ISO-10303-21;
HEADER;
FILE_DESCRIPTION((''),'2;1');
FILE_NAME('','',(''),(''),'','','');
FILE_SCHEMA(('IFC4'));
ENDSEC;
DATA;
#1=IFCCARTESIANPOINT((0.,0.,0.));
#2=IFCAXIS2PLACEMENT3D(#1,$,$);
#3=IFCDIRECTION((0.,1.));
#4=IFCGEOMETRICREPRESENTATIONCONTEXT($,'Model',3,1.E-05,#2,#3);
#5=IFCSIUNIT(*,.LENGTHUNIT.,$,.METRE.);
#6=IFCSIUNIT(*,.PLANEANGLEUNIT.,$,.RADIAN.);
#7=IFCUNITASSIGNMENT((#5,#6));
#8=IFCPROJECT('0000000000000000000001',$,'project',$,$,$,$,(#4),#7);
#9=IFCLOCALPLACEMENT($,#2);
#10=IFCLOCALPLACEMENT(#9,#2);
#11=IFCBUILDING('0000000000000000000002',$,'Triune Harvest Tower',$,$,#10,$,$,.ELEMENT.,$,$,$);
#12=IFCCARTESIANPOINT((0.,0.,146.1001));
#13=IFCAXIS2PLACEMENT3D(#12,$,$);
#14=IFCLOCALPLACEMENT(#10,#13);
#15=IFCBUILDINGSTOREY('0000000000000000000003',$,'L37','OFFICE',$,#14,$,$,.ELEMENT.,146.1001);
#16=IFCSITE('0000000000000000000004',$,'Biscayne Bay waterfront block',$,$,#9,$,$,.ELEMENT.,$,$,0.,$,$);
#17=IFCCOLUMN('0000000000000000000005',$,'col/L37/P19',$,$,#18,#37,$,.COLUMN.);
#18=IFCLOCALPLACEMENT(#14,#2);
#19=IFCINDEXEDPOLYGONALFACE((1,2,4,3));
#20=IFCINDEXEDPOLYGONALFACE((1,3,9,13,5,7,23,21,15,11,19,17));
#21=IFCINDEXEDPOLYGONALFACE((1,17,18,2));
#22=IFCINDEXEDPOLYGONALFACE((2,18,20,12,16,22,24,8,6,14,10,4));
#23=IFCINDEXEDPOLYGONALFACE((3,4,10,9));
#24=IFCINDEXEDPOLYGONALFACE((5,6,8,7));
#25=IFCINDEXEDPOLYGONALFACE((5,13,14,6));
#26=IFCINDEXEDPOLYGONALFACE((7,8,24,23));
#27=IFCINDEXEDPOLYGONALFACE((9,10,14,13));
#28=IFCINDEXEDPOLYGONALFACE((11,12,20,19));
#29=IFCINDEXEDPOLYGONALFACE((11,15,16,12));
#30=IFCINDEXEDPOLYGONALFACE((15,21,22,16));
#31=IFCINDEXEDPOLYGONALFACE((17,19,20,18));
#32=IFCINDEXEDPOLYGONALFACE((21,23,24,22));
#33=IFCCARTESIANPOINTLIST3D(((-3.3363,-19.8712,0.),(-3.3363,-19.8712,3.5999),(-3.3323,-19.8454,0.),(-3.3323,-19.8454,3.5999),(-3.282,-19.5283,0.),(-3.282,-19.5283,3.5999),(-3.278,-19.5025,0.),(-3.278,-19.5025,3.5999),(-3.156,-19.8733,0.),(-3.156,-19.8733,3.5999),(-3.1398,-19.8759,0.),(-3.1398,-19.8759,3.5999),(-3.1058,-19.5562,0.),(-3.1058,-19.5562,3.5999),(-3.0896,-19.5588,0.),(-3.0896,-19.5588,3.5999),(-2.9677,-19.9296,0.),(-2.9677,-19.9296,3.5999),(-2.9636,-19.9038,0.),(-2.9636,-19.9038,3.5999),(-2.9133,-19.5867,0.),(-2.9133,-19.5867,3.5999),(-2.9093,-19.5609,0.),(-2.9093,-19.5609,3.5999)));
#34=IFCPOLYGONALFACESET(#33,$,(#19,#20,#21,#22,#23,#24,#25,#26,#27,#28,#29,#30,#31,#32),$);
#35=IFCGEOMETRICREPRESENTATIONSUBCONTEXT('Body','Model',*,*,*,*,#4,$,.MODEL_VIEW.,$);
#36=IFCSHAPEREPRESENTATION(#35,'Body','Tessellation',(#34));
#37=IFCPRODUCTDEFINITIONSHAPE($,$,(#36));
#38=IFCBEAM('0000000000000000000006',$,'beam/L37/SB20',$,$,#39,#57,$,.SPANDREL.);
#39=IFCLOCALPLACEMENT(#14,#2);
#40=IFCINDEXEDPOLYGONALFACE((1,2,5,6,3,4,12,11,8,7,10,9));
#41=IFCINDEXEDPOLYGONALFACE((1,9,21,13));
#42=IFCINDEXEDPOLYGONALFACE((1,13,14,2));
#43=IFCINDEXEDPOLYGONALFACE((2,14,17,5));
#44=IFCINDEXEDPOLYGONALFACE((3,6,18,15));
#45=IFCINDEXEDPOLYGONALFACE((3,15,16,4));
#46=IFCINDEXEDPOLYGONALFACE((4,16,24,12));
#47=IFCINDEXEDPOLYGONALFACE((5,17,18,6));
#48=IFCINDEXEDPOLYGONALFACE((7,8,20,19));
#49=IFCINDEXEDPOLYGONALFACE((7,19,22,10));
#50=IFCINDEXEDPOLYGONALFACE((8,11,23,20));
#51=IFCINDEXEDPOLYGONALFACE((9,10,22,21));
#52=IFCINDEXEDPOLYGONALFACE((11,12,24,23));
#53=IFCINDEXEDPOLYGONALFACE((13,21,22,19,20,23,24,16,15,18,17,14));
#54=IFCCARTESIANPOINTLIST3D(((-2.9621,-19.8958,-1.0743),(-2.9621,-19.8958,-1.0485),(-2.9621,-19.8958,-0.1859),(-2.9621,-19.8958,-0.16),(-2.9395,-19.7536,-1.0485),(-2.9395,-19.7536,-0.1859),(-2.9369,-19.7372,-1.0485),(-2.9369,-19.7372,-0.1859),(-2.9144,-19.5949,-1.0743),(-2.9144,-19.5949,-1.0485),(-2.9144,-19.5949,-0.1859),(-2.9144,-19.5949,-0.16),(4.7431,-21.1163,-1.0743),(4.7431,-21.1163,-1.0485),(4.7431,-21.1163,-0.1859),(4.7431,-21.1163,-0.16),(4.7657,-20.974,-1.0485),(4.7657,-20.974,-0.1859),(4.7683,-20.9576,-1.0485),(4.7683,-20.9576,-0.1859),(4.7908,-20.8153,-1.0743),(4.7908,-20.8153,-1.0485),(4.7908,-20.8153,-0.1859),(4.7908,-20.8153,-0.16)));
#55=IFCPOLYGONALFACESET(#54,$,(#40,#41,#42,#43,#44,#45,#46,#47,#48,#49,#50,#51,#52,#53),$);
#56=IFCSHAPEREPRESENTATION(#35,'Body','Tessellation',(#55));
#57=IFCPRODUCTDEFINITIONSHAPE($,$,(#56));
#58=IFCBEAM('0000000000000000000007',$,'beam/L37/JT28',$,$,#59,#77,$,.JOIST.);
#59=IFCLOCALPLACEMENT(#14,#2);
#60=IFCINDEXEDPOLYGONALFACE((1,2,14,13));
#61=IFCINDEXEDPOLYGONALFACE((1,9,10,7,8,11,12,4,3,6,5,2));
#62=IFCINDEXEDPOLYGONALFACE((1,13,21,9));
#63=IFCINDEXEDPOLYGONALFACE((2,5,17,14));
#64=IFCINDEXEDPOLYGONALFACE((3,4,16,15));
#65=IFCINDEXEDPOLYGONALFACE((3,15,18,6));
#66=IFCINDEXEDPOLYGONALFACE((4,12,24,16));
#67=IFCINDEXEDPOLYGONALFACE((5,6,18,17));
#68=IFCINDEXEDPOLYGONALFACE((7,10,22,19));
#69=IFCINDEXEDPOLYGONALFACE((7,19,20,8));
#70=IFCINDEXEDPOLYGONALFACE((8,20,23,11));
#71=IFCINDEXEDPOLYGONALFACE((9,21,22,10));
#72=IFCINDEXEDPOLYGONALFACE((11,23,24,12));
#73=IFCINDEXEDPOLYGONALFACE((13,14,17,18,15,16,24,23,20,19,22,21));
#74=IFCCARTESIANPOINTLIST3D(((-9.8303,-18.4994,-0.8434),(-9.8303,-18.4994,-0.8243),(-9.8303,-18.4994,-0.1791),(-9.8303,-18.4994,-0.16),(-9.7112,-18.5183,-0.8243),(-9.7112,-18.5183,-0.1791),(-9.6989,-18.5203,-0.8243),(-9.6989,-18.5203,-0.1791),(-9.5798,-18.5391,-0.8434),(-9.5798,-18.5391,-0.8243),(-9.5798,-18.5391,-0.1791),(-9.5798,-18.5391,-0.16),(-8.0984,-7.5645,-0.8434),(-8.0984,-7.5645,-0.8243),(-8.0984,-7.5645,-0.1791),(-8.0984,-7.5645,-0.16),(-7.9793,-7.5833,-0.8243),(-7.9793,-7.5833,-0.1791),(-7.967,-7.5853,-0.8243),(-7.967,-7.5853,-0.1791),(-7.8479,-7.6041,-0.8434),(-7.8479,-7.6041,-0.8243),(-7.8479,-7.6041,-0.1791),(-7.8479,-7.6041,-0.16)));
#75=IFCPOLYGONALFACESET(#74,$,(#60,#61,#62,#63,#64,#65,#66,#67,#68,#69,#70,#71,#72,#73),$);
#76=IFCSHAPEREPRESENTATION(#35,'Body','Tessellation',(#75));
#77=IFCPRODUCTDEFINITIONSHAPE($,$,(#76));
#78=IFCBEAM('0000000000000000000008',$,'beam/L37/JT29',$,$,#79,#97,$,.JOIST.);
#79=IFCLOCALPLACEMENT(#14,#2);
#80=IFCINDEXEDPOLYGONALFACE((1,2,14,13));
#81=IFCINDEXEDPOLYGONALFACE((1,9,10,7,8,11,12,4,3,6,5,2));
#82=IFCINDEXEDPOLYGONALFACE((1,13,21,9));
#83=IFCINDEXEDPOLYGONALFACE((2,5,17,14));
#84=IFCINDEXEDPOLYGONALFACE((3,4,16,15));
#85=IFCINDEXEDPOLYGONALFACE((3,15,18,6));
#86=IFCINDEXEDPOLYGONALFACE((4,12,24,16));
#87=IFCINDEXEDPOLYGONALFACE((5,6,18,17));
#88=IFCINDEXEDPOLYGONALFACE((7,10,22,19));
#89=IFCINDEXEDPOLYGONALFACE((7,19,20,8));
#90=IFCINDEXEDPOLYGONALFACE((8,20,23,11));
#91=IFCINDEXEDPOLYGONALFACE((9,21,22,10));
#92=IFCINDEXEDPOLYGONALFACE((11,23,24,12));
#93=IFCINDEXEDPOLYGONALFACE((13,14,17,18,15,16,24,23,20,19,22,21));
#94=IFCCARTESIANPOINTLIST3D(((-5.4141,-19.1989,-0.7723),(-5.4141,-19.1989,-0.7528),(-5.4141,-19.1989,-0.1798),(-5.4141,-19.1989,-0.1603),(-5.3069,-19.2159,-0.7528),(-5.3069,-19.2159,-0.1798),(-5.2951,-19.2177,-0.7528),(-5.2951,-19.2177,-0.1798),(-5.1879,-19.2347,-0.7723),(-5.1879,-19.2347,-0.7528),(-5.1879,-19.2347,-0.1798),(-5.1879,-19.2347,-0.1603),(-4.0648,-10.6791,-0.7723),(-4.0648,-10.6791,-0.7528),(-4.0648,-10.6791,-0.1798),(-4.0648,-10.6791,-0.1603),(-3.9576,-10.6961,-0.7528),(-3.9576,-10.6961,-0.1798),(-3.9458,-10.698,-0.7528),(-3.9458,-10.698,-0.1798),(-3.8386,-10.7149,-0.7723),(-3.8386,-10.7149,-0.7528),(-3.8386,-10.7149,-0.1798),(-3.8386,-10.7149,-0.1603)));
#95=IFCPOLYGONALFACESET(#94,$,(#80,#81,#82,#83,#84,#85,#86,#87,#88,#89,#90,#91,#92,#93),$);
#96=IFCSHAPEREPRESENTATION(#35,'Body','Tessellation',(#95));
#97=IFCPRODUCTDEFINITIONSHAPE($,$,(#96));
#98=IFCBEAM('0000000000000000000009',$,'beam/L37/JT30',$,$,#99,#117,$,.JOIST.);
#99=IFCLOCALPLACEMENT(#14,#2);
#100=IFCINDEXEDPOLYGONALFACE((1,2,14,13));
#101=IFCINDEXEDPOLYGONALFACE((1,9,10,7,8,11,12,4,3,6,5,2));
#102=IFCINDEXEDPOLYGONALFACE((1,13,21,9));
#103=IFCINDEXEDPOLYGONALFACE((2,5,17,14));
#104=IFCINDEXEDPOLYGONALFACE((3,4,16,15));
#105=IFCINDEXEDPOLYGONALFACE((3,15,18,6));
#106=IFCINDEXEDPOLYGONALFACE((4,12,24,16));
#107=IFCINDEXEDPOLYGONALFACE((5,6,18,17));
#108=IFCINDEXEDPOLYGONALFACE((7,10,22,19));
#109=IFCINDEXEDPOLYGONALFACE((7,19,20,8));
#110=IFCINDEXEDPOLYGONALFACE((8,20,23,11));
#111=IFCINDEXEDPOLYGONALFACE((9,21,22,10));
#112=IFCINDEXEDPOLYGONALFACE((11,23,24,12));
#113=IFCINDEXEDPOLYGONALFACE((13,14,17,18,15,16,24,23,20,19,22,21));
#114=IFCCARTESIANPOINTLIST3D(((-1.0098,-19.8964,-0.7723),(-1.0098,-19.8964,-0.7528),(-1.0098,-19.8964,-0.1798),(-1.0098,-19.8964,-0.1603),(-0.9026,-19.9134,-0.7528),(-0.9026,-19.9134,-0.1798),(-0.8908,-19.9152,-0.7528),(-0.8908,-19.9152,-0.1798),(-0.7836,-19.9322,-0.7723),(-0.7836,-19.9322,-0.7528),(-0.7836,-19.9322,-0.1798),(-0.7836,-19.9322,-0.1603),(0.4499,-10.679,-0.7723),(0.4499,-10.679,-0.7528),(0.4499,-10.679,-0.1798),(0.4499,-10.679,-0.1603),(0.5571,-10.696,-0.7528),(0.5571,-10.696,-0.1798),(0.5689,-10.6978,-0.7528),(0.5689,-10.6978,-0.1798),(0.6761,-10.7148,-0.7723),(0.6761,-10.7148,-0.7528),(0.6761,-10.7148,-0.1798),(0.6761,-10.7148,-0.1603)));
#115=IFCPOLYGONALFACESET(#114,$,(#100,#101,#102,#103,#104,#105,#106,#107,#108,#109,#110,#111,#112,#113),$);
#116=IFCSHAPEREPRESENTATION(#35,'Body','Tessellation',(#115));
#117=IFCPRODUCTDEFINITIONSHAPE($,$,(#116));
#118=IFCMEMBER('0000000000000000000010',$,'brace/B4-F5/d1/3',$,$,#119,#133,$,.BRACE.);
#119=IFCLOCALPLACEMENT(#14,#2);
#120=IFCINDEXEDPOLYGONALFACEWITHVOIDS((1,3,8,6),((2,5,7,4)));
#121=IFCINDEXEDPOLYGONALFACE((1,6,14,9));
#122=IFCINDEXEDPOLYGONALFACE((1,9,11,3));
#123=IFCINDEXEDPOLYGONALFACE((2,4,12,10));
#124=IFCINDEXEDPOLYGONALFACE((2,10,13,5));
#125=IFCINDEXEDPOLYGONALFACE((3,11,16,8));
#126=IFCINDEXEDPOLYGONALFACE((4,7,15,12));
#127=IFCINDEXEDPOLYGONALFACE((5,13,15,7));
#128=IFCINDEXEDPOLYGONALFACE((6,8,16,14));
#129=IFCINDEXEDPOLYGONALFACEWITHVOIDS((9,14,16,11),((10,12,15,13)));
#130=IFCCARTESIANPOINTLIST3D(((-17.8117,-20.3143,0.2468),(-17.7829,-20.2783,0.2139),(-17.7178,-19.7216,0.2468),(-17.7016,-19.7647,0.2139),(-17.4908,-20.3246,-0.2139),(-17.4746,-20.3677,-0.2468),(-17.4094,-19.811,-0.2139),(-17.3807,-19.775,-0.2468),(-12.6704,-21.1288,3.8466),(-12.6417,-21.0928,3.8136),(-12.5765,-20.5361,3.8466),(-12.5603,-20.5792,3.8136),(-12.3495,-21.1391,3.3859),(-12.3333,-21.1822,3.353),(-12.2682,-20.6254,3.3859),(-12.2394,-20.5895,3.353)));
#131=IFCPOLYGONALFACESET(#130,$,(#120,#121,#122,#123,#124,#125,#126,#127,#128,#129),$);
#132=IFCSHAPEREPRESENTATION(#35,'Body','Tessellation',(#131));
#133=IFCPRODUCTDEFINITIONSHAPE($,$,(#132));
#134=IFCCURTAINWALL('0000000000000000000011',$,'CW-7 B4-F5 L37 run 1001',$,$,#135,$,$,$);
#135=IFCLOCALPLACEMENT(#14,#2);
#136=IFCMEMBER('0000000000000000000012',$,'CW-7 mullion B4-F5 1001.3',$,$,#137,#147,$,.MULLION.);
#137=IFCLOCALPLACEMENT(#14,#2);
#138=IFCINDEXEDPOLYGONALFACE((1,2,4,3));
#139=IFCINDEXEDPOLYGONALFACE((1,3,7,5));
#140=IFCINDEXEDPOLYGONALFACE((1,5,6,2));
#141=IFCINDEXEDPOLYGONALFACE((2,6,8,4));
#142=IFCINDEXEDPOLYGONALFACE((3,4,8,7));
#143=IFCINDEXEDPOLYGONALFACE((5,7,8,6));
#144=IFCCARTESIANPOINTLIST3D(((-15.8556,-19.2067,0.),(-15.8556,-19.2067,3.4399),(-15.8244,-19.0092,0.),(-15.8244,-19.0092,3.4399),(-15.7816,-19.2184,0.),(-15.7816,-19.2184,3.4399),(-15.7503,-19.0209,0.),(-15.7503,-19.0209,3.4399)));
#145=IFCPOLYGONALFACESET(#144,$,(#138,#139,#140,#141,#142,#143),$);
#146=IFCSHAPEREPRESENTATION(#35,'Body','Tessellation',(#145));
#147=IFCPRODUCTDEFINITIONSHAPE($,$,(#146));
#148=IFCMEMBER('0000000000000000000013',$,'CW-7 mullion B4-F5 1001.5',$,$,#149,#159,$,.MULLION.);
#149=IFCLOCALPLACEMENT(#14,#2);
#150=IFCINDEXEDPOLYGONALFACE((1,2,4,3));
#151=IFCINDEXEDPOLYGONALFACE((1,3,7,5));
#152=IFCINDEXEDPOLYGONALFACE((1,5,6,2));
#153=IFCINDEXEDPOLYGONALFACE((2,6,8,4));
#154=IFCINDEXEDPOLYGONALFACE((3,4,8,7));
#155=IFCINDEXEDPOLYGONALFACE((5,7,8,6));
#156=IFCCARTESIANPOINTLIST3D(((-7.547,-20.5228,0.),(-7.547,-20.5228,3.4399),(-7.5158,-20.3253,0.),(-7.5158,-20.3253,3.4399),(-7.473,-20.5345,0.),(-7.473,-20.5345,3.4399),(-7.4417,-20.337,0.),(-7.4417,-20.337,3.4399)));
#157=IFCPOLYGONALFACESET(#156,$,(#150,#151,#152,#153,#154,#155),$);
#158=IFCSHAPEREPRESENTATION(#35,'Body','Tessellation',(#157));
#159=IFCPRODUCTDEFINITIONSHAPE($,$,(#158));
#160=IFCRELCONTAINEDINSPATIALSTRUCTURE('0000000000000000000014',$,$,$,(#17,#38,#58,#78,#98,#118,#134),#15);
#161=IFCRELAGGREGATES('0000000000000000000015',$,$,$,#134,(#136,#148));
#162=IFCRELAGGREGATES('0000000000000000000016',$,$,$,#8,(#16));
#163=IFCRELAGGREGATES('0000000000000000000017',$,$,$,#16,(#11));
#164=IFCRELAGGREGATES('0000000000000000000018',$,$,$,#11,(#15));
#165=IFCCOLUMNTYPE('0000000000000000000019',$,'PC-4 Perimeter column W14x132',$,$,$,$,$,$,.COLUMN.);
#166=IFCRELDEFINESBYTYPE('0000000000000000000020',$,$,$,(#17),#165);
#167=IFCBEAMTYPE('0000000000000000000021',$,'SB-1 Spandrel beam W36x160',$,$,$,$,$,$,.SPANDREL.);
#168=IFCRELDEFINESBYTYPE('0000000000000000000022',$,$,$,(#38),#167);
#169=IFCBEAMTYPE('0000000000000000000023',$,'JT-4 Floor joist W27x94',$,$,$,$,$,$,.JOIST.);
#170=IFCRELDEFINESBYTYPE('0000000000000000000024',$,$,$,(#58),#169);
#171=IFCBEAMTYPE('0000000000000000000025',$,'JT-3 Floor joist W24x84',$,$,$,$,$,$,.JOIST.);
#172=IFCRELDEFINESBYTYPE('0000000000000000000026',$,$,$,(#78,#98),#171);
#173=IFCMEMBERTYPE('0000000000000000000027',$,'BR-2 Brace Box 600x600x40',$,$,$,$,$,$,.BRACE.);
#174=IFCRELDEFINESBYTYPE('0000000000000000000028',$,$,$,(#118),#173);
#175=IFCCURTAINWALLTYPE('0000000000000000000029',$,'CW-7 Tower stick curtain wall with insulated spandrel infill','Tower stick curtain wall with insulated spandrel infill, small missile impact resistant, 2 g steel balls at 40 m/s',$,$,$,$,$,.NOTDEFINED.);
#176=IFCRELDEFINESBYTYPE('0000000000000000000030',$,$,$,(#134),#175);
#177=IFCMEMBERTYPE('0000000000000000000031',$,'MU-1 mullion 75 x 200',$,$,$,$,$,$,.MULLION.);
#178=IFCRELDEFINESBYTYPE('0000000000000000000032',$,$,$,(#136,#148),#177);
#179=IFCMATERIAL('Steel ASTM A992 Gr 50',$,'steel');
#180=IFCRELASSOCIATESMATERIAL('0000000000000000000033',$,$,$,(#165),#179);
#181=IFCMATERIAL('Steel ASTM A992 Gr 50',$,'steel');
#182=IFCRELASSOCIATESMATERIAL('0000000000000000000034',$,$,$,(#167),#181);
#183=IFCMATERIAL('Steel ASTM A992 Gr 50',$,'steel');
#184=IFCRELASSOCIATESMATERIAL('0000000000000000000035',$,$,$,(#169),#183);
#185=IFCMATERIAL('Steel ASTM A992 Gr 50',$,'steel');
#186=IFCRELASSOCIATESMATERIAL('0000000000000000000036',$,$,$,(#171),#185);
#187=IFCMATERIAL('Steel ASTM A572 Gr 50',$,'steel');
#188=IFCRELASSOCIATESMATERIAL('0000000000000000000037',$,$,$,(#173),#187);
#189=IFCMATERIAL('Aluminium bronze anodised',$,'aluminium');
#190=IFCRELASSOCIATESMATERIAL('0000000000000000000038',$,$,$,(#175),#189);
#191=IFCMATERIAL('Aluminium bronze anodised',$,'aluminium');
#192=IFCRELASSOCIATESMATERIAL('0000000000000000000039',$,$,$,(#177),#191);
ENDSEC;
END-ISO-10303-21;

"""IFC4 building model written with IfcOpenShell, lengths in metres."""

from ifc_helpers import new_model, si_unit, direction, frame, origin, origin_2d, place, context, subcontext, project, spatial, rectangle, hollow_rectangle, i_section, extrude, source, transform, mapped, material, material_profile, profile_set, type_object, element, aggregate, save


model = new_model("IFC4")

# Units and contexts
model_context = context("Model", 3, precision=1e-05, world=origin(), true_north=direction((0.0, 1.0)))
body_context = subcontext(model_context, "Body", "Model", "MODEL_VIEW")
ifc_project = project(units=[si_unit("LENGTHUNIT", "METRE"), si_unit("PLANEANGLEUNIT", "RADIAN")], contexts=[model_context])

# Site, building, storey
site_placement = place(None, origin())
site = spatial("IfcSite", under=ifc_project, at=site_placement, Name="Biscayne Bay waterfront block", CompositionType="ELEMENT", RefElevation=0.0)
building_placement = place(site_placement, origin())
building = spatial("IfcBuilding", under=site, at=building_placement, Name="Triune Harvest Tower", CompositionType="ELEMENT")
storey_placement = place(building_placement, frame((0.0, 0.0, 146.1001)))
storey = spatial("IfcBuildingStorey", under=building, at=storey_placement, Name="L37", Description="OFFICE", CompositionType="ELEMENT", Elevation=146.1001)

# Column
ifc_material_1 = material(Name="Steel ASTM A992 Gr 50", Category="steel")
ifc_material_profile_1 = material_profile(ifc_material_1, i_section(OverallWidth=0.3733, OverallDepth=0.3733, WebThickness=0.0164, FlangeThickness=0.0261, at=origin_2d()), Name="W14x132")
ifc_profile_set_1 = profile_set([ifc_material_profile_1], Name="Steel ASTM A992 Gr 50")
column_type = type_object("IfcColumnType", Name="PC-4 Perimeter column W14x132", PredefinedType="COLUMN", material=ifc_profile_set_1)
shared_shape_1 = source(origin(), body_context, "Body", "SweptSolid", [
    extrude(i_section(OverallWidth=0.3733, OverallDepth=0.3733, WebThickness=0.0164, FlangeThickness=0.0261, at=origin_2d()), origin(), (0.0, 0.0, 1.0), 3.5999),
])
column_placement = place(storey_placement, frame((-3.1228, -19.7161, 0.0), z_axis=(0.0, 0.0, 1.0), x_axis=(0.987688, -0.156434, 0.0)))
element("IfcColumn", 1, at=column_placement, inside=storey, type_object=column_type, Name="col/L37/P19", PredefinedType="COLUMN", context=body_context, shape_type="MappedRepresentation", body=[
    mapped(shared_shape_1, transform((0.0, 0.0, 0.0), scale=1.0)),
])

# Beams
ifc_material_2 = material(Name="Steel ASTM A992 Gr 50", Category="steel")
ifc_material_profile_2 = material_profile(ifc_material_2, i_section(OverallWidth=0.3047, OverallDepth=0.9143, WebThickness=0.0166, FlangeThickness=0.0259, at=origin_2d()), Name="W36x160")
ifc_profile_set_2 = profile_set([ifc_material_profile_2], Name="Steel ASTM A992 Gr 50")
beam_type_1 = type_object("IfcBeamType", Name="SB-1 Spandrel beam W36x160", PredefinedType="SPANDREL", material=ifc_profile_set_2)
shared_shape_2 = source(origin(), body_context, "Body", "SweptSolid", [
    extrude(i_section(OverallWidth=0.3047, OverallDepth=0.9143, WebThickness=0.0166, FlangeThickness=0.0259, at=origin_2d()), origin(), (0.0, 0.0, 1.0), 7.8013),
])
beam_1_placement = place(storey_placement, frame((-2.9382, -19.7454, -0.6172), z_axis=(0.987687, -0.156441, 0.0), x_axis=(0.156441, 0.987687, 0.0)))
element("IfcBeam", 2, at=beam_1_placement, inside=storey, type_object=beam_type_1, Name="beam/L37/SB20", PredefinedType="SPANDREL", context=body_context, shape_type="MappedRepresentation", body=[
    mapped(shared_shape_2, transform((0.0, 0.0, 0.0), scale=1.0)),
])
ifc_material_3 = material(Name="Steel ASTM A992 Gr 50", Category="steel")
ifc_material_profile_3 = material_profile(ifc_material_3, i_section(OverallWidth=0.2537, OverallDepth=0.6833, WebThickness=0.0125, FlangeThickness=0.019, at=origin_2d()), Name="W27x94")
ifc_profile_set_3 = profile_set([ifc_material_profile_3], Name="Steel ASTM A992 Gr 50")
beam_type_2 = type_object("IfcBeamType", Name="JT-4 Floor joist W27x94", PredefinedType="JOIST", material=ifc_profile_set_3)
shared_shape_3 = source(origin(), body_context, "Body", "SweptSolid", [
    extrude(i_section(OverallWidth=0.2537, OverallDepth=0.6833, WebThickness=0.0125, FlangeThickness=0.019, at=origin_2d()), origin(), (0.0, 0.0, 1.0), 11.0713),
])
beam_2_placement = place(storey_placement, frame((-9.7051, -18.5193, -0.5017), z_axis=(0.156434, 0.987688, 0.0), x_axis=(-0.987688, 0.156434, 0.0)))
element("IfcBeam", 3, at=beam_2_placement, inside=storey, type_object=beam_type_2, Name="beam/L37/JT28", PredefinedType="JOIST", context=body_context, shape_type="MappedRepresentation", body=[
    mapped(shared_shape_3, transform((0.0, 0.0, 0.0), scale=1.0)),
])
ifc_material_4 = material(Name="Steel ASTM A992 Gr 50", Category="steel")
ifc_material_profile_4 = material_profile(ifc_material_4, i_section(OverallWidth=0.229, OverallDepth=0.6121, WebThickness=0.012, FlangeThickness=0.0195, at=origin_2d()), Name="W24x84")
ifc_profile_set_4 = profile_set([ifc_material_profile_4], Name="Steel ASTM A992 Gr 50")
beam_type_3 = type_object("IfcBeamType", Name="JT-3 Floor joist W24x84", PredefinedType="JOIST", material=ifc_profile_set_4)
shared_shape_4 = source(origin(), body_context, "Body", "SweptSolid", [
    extrude(i_section(OverallWidth=0.229, OverallDepth=0.6121, WebThickness=0.012, FlangeThickness=0.0195, at=origin_2d()), origin(), (0.0, 0.0, 1.0), 8.626),
])
beam_3_placement = place(storey_placement, frame((-5.301, -19.2168, -0.4663), z_axis=(0.156431, 0.987689, 0.0), x_axis=(-0.987689, 0.156431, 0.0)))
element("IfcBeam", 4, at=beam_3_placement, inside=storey, type_object=beam_type_3, Name="beam/L37/JT29", PredefinedType="JOIST", context=body_context, shape_type="MappedRepresentation", body=[
    mapped(shared_shape_4, transform((0.0, 0.0, 0.0), scale=1.0)),
])
shared_shape_5 = source(origin(), body_context, "Body", "SweptSolid", [
    extrude(i_section(OverallWidth=0.229, OverallDepth=0.6121, WebThickness=0.012, FlangeThickness=0.0195, at=origin_2d()), origin(), (0.0, 0.0, 1.0), 9.3323),
])
beam_4_placement = place(storey_placement, frame((-0.8967, -19.9143, -0.4663), z_axis=(0.156418, 0.987691, 0.0), x_axis=(-0.987691, 0.156418, 0.0)))
element("IfcBeam", 5, at=beam_4_placement, inside=storey, type_object=beam_type_3, Name="beam/L37/JT30", PredefinedType="JOIST", context=body_context, shape_type="MappedRepresentation", body=[
    mapped(shared_shape_5, transform((0.0, 0.0, 0.0), scale=1.0)),
])

# Member
ifc_material_5 = material(Name="Steel ASTM A572 Gr 50", Category="steel")
ifc_material_profile_5 = material_profile(ifc_material_5, hollow_rectangle(XDim=0.6001, YDim=0.6001, WallThickness=0.04, at=origin_2d()), Name="Box 600x600x40")
ifc_profile_set_5 = profile_set([ifc_material_profile_5], Name="Steel ASTM A572 Gr 50")
member_type_1 = type_object("IfcMemberType", Name="BR-2 Brace Box 600x600x40", PredefinedType="BRACE", material=ifc_profile_set_5)
shared_shape_6 = source(origin(), body_context, "Body", "SweptSolid", [
    extrude(hollow_rectangle(XDim=0.6001, YDim=0.6001, WallThickness=0.04, at=origin_2d()), origin(), (0.0, 0.0, 1.0), 6.3289),
])
member_1_placement = place(storey_placement, frame((-17.5962, -20.0447, 0.0), z_axis=(0.812353, -0.128687, 0.56879), x_axis=(0.156461, 0.987684, 0.0)))
element("IfcMember", 6, at=member_1_placement, inside=storey, type_object=member_type_1, Name="brace/B4-F5/d1/3", PredefinedType="BRACE", context=body_context, shape_type="MappedRepresentation", body=[
    mapped(shared_shape_6, transform((0.0, 0.0, 0.0), scale=1.0)),
])

# Curtain wall, members
ifc_material_6 = material(Name="Aluminium bronze anodised", Category="aluminium")
curtain_wall_type = type_object("IfcCurtainWallType", Name="CW-7 Tower stick curtain wall with insulated spandrel infill", Description="Tower stick curtain wall with insulated spandrel infill, small missile impact resistant, 2 g steel balls at 40 m/s", PredefinedType="NOTDEFINED", material=ifc_material_6)
curtain_wall_placement = place(storey_placement, origin())
curtain_wall = element("IfcCurtainWall", 7, at=curtain_wall_placement, inside=storey, type_object=curtain_wall_type, Name="CW-7 B4-F5 L37 run 1001")
ifc_material_7 = material(Name="Aluminium bronze anodised", Category="aluminium")
ifc_material_profile_6 = material_profile(ifc_material_7, rectangle(XDim=0.2, YDim=0.075, at=origin_2d()), Name="MU-1 mullion 75 x 200")
ifc_profile_set_6 = profile_set([ifc_material_profile_6], Name="Aluminium bronze anodised")
member_type_2 = type_object("IfcMemberType", Name="MU-1 mullion 75 x 200", PredefinedType="MULLION", material=ifc_profile_set_6)
shared_shape_7 = source(origin(), body_context, "Body", "SweptSolid", [
    extrude(rectangle(XDim=0.2, YDim=0.075, at=origin_2d()), origin(), (0.0, 0.0, 1.0), 3.4399),
])
member_2_placement = place(storey_placement, frame((-15.803, -19.1138, 0.0), z_axis=(0.0, 0.0, 1.0), x_axis=(0.156433, 0.987689, 0.0)))
member_2 = element("IfcMember", 8, at=member_2_placement, type_object=member_type_2, Name="CW-7 mullion B4-F5 1001.3", PredefinedType="MULLION", context=body_context, shape_type="MappedRepresentation", body=[
    mapped(shared_shape_7, transform((0.0, 0.0, 0.0), scale=1.0)),
])
member_3_placement = place(storey_placement, frame((-7.4944, -20.4299, 0.0), z_axis=(0.0, 0.0, 1.0), x_axis=(0.156433, 0.987689, 0.0)))
member_3 = element("IfcMember", 9, at=member_3_placement, type_object=member_type_2, Name="CW-7 mullion B4-F5 1001.5", PredefinedType="MULLION", context=body_context, shape_type="MappedRepresentation", body=[
    mapped(shared_shape_7, transform((0.0, 0.0, 0.0), scale=1.0)),
])
aggregate(curtain_wall, [member_2, member_3])

save(model, "model.ifc")
